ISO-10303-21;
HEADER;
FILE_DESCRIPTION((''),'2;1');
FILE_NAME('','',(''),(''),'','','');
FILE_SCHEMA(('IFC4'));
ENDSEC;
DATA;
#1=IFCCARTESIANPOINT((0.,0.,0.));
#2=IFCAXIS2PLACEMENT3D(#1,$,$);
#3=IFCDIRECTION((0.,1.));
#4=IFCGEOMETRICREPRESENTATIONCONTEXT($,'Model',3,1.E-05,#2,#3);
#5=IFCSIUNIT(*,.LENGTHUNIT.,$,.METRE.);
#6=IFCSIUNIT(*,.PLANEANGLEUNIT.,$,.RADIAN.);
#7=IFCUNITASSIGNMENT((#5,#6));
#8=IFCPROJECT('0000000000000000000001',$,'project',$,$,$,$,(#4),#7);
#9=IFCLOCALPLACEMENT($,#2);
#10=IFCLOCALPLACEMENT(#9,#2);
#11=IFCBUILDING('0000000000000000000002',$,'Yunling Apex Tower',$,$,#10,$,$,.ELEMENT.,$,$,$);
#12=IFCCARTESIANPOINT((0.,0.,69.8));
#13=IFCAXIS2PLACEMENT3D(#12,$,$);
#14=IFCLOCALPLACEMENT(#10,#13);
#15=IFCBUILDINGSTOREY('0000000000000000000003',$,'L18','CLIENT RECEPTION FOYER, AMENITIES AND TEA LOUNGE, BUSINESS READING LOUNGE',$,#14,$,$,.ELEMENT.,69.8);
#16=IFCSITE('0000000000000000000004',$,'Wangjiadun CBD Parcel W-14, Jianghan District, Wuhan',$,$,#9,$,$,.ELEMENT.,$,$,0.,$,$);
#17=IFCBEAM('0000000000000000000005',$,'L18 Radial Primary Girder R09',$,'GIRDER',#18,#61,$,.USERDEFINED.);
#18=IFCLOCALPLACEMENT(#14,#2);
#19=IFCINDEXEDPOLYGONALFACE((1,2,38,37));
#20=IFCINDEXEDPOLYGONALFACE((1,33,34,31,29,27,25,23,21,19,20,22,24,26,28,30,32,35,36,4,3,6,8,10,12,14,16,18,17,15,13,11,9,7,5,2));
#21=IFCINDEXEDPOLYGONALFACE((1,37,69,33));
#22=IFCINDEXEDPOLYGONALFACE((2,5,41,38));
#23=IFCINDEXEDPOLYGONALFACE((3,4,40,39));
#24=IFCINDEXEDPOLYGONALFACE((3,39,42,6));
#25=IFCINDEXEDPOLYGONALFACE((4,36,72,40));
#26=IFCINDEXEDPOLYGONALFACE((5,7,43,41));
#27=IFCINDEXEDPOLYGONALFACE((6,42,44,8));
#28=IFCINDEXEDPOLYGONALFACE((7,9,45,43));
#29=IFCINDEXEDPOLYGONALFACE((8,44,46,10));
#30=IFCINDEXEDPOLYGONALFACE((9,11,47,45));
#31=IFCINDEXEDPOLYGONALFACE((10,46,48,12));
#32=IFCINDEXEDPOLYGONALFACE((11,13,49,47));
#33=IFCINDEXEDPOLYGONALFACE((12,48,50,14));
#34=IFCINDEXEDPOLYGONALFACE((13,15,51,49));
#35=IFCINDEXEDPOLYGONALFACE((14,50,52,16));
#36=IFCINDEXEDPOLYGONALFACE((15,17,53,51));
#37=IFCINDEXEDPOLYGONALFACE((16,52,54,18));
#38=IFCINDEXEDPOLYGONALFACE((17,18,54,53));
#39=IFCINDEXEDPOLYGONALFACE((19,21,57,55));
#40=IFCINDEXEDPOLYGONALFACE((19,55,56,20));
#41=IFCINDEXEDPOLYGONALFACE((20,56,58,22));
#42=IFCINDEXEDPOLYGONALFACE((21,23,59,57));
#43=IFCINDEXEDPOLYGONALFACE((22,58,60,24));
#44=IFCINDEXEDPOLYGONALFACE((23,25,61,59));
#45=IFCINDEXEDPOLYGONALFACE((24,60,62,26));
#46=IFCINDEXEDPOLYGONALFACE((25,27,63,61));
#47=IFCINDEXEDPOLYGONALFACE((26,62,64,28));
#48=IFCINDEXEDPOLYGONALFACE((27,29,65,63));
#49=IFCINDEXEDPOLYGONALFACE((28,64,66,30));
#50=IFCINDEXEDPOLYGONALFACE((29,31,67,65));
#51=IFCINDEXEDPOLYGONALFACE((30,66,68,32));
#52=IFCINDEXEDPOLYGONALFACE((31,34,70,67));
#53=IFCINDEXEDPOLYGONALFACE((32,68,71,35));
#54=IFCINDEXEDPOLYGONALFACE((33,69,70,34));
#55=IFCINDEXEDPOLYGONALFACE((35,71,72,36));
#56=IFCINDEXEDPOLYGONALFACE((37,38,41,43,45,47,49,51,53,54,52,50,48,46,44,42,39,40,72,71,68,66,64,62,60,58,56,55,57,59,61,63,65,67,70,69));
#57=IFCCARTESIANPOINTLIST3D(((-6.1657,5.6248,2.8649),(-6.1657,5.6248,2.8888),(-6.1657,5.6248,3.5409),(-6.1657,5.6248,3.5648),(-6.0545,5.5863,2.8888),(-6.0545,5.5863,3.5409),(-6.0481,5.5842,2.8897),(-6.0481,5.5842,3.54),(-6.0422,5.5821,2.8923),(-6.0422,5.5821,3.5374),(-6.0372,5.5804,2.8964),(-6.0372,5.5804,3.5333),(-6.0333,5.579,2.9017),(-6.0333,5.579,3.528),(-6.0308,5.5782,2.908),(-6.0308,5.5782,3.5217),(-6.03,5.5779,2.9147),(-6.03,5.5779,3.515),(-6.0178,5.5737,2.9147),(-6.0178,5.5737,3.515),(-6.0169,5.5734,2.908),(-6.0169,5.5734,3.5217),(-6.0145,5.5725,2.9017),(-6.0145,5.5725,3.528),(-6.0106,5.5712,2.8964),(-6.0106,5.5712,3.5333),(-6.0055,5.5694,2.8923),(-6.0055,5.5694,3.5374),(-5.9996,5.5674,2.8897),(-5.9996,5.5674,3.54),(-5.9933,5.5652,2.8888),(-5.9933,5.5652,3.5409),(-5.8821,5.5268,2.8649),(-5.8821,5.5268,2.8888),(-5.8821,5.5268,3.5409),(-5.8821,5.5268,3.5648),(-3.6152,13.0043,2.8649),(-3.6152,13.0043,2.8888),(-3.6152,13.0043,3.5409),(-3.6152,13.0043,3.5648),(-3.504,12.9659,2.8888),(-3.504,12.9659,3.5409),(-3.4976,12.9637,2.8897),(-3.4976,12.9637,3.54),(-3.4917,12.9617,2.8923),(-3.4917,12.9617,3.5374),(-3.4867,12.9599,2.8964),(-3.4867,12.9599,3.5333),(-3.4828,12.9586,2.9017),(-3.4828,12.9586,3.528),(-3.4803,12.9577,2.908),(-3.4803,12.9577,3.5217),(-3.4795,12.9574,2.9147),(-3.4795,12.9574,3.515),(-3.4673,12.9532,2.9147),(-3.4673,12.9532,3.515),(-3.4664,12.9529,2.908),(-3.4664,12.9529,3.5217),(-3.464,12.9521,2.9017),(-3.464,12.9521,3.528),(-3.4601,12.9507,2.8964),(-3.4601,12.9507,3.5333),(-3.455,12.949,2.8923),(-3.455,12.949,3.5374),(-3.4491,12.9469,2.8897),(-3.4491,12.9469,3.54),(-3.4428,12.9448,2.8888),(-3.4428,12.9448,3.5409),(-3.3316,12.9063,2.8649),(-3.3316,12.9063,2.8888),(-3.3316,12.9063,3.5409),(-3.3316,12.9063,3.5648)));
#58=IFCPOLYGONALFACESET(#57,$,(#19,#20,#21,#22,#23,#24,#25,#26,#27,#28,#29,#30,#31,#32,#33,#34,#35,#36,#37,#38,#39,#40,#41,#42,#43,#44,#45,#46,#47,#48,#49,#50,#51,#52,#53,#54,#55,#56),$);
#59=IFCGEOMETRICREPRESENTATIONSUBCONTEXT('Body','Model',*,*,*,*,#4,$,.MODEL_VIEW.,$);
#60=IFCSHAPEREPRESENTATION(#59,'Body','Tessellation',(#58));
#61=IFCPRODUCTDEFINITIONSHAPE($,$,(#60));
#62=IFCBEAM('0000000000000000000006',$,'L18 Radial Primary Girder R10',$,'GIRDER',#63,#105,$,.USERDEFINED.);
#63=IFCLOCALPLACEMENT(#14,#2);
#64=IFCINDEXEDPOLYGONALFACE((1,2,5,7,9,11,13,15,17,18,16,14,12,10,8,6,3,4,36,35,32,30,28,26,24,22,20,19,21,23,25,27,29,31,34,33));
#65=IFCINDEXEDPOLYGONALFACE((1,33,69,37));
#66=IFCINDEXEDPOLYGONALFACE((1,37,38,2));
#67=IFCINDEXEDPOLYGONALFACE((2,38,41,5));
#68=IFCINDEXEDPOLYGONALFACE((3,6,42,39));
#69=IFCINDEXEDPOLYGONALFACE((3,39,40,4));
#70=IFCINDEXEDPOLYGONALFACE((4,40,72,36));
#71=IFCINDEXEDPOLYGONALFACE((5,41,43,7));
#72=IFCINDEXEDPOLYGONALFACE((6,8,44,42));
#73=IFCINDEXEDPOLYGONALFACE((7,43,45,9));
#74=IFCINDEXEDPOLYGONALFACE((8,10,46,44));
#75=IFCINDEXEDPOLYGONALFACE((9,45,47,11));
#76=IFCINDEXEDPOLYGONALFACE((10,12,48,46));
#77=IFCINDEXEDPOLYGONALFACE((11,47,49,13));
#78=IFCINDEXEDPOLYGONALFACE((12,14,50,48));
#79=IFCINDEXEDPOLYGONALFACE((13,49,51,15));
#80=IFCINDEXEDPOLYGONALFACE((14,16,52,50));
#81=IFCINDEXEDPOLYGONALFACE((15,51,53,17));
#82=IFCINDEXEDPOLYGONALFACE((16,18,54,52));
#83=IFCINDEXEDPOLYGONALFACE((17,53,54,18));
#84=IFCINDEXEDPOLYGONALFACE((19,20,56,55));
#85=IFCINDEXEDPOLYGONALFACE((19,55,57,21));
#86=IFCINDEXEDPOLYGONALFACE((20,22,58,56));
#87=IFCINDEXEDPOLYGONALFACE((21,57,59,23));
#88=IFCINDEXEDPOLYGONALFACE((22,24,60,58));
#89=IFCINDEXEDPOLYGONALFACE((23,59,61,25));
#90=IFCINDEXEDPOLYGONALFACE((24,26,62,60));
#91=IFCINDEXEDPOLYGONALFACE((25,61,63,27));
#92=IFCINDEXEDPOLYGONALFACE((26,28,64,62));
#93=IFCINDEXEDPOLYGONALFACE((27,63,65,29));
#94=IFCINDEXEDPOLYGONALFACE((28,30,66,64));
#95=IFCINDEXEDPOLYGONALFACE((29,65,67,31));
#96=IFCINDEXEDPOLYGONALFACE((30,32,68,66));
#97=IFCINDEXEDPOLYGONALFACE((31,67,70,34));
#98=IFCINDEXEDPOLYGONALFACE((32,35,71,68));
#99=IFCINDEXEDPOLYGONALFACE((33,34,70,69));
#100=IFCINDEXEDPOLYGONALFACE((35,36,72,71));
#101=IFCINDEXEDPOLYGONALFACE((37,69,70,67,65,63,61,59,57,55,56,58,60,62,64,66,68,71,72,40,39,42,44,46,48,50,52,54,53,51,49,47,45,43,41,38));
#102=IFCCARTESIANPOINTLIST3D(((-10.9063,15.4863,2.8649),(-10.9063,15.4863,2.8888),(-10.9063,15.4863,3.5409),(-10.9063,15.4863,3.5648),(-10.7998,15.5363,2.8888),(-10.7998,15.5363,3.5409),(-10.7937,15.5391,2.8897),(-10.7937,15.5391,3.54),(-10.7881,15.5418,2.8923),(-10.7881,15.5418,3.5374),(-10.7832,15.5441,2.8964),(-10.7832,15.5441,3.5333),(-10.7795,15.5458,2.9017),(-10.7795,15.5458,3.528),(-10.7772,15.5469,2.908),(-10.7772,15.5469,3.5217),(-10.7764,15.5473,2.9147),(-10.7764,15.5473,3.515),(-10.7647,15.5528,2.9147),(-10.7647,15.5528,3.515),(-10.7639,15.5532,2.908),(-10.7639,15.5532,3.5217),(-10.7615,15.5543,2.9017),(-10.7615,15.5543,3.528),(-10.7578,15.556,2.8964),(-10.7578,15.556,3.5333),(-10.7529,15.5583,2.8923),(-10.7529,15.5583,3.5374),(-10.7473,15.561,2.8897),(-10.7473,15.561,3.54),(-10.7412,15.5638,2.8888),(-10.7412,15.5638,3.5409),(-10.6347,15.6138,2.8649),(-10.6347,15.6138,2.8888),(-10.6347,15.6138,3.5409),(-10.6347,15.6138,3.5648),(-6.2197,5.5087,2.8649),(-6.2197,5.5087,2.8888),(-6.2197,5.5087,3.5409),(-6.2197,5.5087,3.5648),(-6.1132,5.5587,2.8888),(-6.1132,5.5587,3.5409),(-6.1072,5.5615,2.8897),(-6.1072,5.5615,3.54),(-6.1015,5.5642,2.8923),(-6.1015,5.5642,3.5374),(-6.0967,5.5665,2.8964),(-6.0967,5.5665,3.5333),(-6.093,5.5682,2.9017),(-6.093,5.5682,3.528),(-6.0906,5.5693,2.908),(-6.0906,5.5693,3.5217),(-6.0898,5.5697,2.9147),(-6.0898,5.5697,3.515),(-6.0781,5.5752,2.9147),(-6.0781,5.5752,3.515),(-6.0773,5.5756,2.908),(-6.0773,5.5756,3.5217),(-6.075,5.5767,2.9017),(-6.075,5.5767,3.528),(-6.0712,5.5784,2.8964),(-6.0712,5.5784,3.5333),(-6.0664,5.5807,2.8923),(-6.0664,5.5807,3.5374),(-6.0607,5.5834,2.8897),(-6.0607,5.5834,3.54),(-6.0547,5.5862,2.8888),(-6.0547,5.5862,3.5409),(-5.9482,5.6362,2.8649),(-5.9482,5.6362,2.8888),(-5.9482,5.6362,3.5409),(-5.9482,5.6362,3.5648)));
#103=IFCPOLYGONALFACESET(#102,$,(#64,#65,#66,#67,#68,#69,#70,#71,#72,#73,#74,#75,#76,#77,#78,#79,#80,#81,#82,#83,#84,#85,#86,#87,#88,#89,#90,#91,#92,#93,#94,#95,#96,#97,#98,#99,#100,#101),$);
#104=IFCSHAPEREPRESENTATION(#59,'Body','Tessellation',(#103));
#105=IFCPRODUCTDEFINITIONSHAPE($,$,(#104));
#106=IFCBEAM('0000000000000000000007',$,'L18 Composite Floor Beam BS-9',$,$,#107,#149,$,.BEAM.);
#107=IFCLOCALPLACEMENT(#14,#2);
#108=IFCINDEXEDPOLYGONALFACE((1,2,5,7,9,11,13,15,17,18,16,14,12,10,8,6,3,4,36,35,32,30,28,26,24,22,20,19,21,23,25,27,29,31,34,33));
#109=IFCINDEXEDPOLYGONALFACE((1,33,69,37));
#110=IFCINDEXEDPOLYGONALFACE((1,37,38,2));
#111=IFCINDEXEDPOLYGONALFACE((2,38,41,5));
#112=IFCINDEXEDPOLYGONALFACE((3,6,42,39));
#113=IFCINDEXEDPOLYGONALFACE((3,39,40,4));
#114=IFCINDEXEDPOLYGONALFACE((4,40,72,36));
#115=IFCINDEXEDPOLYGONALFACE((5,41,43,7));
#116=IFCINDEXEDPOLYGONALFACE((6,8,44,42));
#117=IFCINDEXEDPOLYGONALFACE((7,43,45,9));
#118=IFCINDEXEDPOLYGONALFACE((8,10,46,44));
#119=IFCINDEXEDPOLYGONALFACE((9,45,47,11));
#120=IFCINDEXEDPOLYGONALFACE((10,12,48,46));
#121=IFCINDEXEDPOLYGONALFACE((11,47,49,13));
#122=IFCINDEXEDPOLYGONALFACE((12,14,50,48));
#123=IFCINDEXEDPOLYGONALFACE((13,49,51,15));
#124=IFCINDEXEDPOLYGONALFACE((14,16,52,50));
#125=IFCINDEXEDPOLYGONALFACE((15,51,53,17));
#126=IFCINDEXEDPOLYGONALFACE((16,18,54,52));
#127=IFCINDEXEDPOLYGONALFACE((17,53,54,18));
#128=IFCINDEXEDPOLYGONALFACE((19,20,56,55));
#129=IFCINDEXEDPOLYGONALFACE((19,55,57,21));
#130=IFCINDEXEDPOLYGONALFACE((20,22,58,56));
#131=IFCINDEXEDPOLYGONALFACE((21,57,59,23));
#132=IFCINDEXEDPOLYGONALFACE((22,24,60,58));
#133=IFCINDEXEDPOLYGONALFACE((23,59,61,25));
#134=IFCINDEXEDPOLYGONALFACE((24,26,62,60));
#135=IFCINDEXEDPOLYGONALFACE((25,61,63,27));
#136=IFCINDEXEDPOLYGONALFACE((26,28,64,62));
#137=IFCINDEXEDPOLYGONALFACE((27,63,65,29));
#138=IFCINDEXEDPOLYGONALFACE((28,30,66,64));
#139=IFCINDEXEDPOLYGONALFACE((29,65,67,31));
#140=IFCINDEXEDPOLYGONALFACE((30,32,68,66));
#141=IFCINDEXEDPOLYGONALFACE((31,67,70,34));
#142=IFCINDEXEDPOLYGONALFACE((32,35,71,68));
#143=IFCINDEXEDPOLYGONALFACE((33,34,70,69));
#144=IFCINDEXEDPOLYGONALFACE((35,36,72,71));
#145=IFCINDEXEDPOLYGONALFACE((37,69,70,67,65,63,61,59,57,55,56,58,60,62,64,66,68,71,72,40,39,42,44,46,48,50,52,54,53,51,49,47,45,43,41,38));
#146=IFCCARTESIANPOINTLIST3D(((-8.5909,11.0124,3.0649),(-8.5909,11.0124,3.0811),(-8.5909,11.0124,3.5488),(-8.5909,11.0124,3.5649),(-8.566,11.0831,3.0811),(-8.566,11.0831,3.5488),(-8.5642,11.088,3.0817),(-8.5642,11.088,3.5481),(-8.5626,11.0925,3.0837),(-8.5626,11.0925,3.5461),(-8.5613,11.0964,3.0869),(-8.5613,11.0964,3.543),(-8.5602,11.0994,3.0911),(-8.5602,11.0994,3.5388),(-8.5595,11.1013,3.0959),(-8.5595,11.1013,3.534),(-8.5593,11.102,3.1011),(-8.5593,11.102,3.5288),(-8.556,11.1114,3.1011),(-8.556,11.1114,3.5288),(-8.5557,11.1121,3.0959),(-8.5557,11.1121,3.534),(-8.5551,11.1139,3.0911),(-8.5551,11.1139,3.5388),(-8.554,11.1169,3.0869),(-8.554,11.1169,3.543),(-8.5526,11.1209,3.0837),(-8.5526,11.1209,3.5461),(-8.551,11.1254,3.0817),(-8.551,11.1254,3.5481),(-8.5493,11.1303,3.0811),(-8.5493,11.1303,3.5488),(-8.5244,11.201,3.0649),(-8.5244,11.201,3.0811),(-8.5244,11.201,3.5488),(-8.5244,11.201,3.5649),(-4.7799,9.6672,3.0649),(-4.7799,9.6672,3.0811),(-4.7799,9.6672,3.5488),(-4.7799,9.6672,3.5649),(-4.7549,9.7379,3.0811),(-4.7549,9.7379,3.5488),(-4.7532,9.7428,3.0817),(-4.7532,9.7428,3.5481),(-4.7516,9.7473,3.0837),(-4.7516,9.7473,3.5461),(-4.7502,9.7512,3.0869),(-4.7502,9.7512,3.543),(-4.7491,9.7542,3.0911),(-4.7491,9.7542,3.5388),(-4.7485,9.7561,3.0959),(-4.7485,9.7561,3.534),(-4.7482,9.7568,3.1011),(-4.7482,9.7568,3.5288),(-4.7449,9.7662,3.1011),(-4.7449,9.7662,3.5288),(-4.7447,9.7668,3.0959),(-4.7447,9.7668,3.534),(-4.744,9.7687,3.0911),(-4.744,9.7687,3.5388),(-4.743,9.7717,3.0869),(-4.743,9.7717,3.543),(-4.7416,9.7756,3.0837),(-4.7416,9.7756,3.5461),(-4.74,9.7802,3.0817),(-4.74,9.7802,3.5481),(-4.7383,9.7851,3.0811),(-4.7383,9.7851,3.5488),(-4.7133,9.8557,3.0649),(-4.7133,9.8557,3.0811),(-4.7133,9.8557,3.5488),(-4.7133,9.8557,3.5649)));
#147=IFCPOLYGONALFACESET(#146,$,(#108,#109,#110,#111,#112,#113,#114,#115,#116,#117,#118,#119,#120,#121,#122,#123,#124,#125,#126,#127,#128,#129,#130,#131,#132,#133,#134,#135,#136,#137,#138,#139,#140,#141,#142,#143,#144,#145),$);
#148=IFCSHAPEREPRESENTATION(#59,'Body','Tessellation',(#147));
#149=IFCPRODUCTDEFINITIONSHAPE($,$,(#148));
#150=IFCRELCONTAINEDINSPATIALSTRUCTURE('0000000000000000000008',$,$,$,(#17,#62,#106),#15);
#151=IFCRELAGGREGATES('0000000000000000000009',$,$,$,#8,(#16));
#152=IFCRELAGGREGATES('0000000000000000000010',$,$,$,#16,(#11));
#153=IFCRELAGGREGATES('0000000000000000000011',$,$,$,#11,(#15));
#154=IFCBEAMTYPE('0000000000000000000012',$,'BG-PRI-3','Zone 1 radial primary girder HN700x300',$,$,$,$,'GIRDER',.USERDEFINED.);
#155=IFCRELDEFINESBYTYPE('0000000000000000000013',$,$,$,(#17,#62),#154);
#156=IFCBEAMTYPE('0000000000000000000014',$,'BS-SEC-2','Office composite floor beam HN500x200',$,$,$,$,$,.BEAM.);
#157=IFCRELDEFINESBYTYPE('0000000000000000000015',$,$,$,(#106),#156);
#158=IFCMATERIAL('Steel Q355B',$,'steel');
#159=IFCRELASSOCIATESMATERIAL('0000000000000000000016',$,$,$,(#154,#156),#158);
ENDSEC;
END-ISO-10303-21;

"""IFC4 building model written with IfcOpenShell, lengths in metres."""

from ifc_helpers import new_model, si_unit, direction, frame, origin, origin_2d, place, context, subcontext, project, spatial, i_section, extrude, source, transform, mapped, material, material_profile, profile_set, type_object, element, save


model = new_model("IFC4")

# Units and contexts
model_context = context("Model", 3, precision=1e-05, world=origin(), true_north=direction((0.0, 1.0)))
body_context = subcontext(model_context, "Body", "Model", "MODEL_VIEW")
ifc_project = project(units=[si_unit("LENGTHUNIT", "METRE"), si_unit("PLANEANGLEUNIT", "RADIAN")], contexts=[model_context])

# Site, building, storey
site_placement = place(None, origin())
site = spatial("IfcSite", under=ifc_project, at=site_placement, Name="Wangjiadun CBD Parcel W-14, Jianghan District, Wuhan", CompositionType="ELEMENT", RefElevation=0.0)
building_placement = place(site_placement, origin())
building = spatial("IfcBuilding", under=site, at=building_placement, Name="Yunling Apex Tower", CompositionType="ELEMENT")
storey_placement = place(building_placement, frame((0.0, 0.0, 69.8)))
storey = spatial("IfcBuildingStorey", under=building, at=storey_placement, Name="L18", Description="CLIENT RECEPTION FOYER, AMENITIES AND TEA LOUNGE, BUSINESS READING LOUNGE", CompositionType="ELEMENT", Elevation=69.8)

# Beams
ifc_material_1 = material(Name="Steel Q355B", Category="steel")
ifc_material_profile_1 = material_profile(ifc_material_1, i_section(OverallWidth=0.3, OverallDepth=0.7, WebThickness=0.0129, FlangeThickness=0.0239, FilletRadius=0.0259, at=origin_2d()))
ifc_profile_set_1 = profile_set([ifc_material_profile_1], Name="Steel Q355B")
beam_type_1 = type_object("IfcBeamType", Name="BG-PRI-3", Description="Zone 1 radial primary girder HN700x300", ElementType="GIRDER", PredefinedType="USERDEFINED", material=ifc_profile_set_1)
shared_shape_1 = source(origin(), body_context, "Body", "SweptSolid", [
    extrude(i_section(OverallWidth=0.3, OverallDepth=0.7, WebThickness=0.0129, FlangeThickness=0.0239, FilletRadius=0.0259, at=origin_2d()), origin(), (0.0, 0.0, 1.0), 7.8079),
])
beam_1_placement = place(storey_placement, frame((-3.4734, 12.9553, 3.2148), z_axis=(-0.326658, -0.945142, 0.0), x_axis=(0.945142, -0.326658, 0.0)))
element("IfcBeam", 1, at=beam_1_placement, inside=storey, type_object=beam_type_1, Name="L18 Radial Primary Girder R09", ObjectType="GIRDER", PredefinedType="USERDEFINED", context=body_context, shape_type="MappedRepresentation", body=[
    mapped(shared_shape_1, transform((0.0, 0.0, 0.0), scale=1.0)),
])
shared_shape_2 = source(origin(), body_context, "Body", "SweptSolid", [
    extrude(i_section(OverallWidth=0.3, OverallDepth=0.7, WebThickness=0.0129, FlangeThickness=0.0239, FilletRadius=0.0259, at=origin_2d()), origin(), (0.0, 0.0, 1.0), 11.0234),
])
beam_2_placement = place(storey_placement, frame((-10.7705, 15.55, 3.2148), z_axis=(0.425144, -0.905126, 0.0), x_axis=(0.905126, 0.425144, 0.0)))
element("IfcBeam", 2, at=beam_2_placement, inside=storey, type_object=beam_type_1, Name="L18 Radial Primary Girder R10", ObjectType="GIRDER", PredefinedType="USERDEFINED", context=body_context, shape_type="MappedRepresentation", body=[
    mapped(shared_shape_2, transform((0.0, 0.0, 0.0), scale=1.0)),
])
ifc_material_profile_2 = material_profile(ifc_material_1, i_section(OverallWidth=0.2, OverallDepth=0.5, WebThickness=0.01, FlangeThickness=0.0161, FilletRadius=0.02, at=origin_2d()))
ifc_profile_set_2 = profile_set([ifc_material_profile_2], Name="Steel Q355B")
beam_type_2 = type_object("IfcBeamType", Name="BS-SEC-2", Description="Office composite floor beam HN500x200", PredefinedType="BEAM", material=ifc_profile_set_2)
shared_shape_3 = source(origin(), body_context, "Body", "SweptSolid", [
    extrude(i_section(OverallWidth=0.2, OverallDepth=0.5, WebThickness=0.01, FlangeThickness=0.0161, FilletRadius=0.02, at=origin_2d()), origin(), (0.0, 0.0, 1.0), 4.0415),
])
beam_3_placement = place(storey_placement, frame((-4.7466, 9.7615, 3.3149), z_axis=(-0.942979, 0.332852, 0.0), x_axis=(-0.332852, -0.942979, 0.0)))
element("IfcBeam", 3, at=beam_3_placement, inside=storey, type_object=beam_type_2, Name="L18 Composite Floor Beam BS-9", PredefinedType="BEAM", context=body_context, shape_type="MappedRepresentation", body=[
    mapped(shared_shape_3, transform((0.0, 0.0, 0.0), scale=1.0)),
])

save(model, "model.ifc")
